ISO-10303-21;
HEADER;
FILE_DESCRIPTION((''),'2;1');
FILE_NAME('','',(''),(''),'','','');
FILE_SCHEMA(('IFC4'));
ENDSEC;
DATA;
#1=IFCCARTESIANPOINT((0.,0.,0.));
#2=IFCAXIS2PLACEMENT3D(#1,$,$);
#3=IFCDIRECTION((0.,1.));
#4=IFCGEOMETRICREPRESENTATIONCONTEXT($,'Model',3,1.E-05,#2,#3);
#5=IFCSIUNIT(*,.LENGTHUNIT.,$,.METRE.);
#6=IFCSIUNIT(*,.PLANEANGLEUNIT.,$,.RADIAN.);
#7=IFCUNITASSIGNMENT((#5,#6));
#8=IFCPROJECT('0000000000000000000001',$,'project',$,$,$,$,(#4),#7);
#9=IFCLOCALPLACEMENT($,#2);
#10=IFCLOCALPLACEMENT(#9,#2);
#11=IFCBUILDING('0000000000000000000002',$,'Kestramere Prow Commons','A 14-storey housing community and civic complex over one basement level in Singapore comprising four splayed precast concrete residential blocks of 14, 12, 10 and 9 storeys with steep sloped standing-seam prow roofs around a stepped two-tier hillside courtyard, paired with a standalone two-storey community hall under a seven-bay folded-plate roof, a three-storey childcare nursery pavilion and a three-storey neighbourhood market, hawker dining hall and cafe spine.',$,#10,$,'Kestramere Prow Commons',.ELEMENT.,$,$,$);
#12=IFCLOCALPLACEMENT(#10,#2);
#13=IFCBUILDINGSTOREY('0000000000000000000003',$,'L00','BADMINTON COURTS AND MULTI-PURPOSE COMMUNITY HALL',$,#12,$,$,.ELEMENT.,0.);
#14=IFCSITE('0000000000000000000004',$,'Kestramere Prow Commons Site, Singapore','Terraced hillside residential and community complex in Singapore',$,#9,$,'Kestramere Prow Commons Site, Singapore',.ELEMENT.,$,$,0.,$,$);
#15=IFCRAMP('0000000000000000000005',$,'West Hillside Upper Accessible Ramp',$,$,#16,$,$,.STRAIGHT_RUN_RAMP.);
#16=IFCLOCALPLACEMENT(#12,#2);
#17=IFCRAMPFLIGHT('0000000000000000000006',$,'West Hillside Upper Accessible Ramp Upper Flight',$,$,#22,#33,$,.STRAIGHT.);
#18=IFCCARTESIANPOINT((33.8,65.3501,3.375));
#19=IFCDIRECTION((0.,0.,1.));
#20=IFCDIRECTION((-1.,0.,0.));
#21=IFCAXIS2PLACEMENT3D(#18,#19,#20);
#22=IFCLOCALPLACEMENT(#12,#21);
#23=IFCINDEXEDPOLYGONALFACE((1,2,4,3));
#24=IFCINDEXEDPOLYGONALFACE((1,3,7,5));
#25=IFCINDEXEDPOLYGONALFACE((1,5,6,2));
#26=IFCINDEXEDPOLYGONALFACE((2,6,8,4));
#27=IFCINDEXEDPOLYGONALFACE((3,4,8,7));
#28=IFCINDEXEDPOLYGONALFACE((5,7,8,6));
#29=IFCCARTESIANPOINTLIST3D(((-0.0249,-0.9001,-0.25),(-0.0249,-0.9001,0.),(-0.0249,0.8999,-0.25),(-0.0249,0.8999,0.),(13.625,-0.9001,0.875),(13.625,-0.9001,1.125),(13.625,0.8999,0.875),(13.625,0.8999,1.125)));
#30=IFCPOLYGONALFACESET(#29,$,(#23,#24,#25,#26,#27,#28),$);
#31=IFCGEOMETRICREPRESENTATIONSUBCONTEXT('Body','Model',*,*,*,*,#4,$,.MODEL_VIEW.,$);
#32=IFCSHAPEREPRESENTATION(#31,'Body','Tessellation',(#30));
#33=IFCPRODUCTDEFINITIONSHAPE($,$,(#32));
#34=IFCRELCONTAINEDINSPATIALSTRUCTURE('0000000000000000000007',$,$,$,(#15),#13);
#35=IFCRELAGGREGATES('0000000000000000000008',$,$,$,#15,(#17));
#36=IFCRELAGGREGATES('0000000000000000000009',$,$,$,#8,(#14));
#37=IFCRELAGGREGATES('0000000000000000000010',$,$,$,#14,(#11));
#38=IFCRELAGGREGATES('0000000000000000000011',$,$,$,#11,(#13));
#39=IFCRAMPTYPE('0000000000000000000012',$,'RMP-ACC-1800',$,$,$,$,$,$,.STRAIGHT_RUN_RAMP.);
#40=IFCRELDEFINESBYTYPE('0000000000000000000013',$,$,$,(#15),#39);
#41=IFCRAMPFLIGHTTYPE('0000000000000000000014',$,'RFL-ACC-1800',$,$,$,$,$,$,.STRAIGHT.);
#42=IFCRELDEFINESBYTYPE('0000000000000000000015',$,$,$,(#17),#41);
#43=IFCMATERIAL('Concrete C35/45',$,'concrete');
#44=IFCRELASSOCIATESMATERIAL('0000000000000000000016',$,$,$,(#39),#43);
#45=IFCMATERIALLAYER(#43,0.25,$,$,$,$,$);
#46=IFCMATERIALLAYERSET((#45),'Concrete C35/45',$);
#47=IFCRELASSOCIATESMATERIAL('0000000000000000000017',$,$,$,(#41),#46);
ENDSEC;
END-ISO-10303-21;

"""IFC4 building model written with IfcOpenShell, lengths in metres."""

from ifc_helpers import new_model, si_unit, direction, frame, origin, place, context, subcontext, project, spatial, polyline, outline, extrude, material, layer, layer_set, type_object, element, aggregate, save


model = new_model("IFC4")

# Units and contexts
model_context = context("Model", 3, precision=1e-05, world=origin(), true_north=direction((0.0, 1.0)))
body_context = subcontext(model_context, "Body", "Model", "MODEL_VIEW")
ifc_project = project(units=[si_unit("LENGTHUNIT", "METRE"), si_unit("PLANEANGLEUNIT", "RADIAN")], contexts=[model_context])

# Site, building, storey
site_placement = place(None, origin())
site = spatial("IfcSite", under=ifc_project, at=site_placement, Name="Kestramere Prow Commons Site, Singapore", Description="Terraced hillside residential and community complex in Singapore", LongName="Kestramere Prow Commons Site, Singapore", CompositionType="ELEMENT", RefElevation=0.0)
building_placement = place(site_placement, origin())
building = spatial("IfcBuilding", under=site, at=building_placement, Name="Kestramere Prow Commons", Description="A 14-storey housing community and civic complex over one basement level in Singapore comprising four splayed precast concrete residential blocks of 14, 12, 10 and 9 storeys with steep sloped standing-seam prow roofs around a stepped two-tier hillside courtyard, paired with a standalone two-storey community hall under a seven-bay folded-plate roof, a three-storey childcare nursery pavilion and a three-storey neighbourhood market, hawker dining hall and cafe spine.", LongName="Kestramere Prow Commons", CompositionType="ELEMENT")
storey_placement = place(building_placement, origin())
storey = spatial("IfcBuildingStorey", under=building, at=storey_placement, Name="L00", Description="BADMINTON COURTS AND MULTI-PURPOSE COMMUNITY HALL", CompositionType="ELEMENT", Elevation=0.0)

# Shared definitions
ifc_material_1 = material(Name="Concrete C35/45", Category="concrete")

# Ramp, ramp flight
ramp_type = type_object("IfcRampType", Name="RMP-ACC-1800", PredefinedType="STRAIGHT_RUN_RAMP", material=ifc_material_1)
ramp_placement = place(storey_placement, origin())
ramp = element("IfcRamp", 1, at=ramp_placement, inside=storey, type_object=ramp_type, Name="West Hillside Upper Accessible Ramp", PredefinedType="STRAIGHT_RUN_RAMP")
ifc_layer_1 = layer(ifc_material_1, 0.25)
ifc_layer_set_1 = layer_set([ifc_layer_1], Name="Concrete C35/45")
ramp_flight_type = type_object("IfcRampFlightType", Name="RFL-ACC-1800", PredefinedType="STRAIGHT", material=ifc_layer_set_1)
ramp_flight_placement = place(storey_placement, frame((33.8, 65.3501, 3.375), z_axis=(0.0, 0.0, 1.0), x_axis=(-1.0, 0.0, 0.0)))
ramp_flight = element("IfcRampFlight", 2, at=ramp_flight_placement, type_object=ramp_flight_type, Name="West Hillside Upper Accessible Ramp Upper Flight", PredefinedType="STRAIGHT", context=body_context, shape_type="SweptSolid", body=[
    extrude(outline(polyline([(-0.0249, 0.0), (13.625, 1.125), (13.625, 0.875), (-0.0249, -0.25), (-0.0249, 0.0)])), frame((0.0, 0.8999, 0.0), z_axis=(0.0, -1.0, 0.0), x_axis=(1.0, 0.0, 0.0)), (0.0, 0.0, 1.0), 1.8),
])
aggregate(ramp, [ramp_flight])

save(model, "model.ifc")
